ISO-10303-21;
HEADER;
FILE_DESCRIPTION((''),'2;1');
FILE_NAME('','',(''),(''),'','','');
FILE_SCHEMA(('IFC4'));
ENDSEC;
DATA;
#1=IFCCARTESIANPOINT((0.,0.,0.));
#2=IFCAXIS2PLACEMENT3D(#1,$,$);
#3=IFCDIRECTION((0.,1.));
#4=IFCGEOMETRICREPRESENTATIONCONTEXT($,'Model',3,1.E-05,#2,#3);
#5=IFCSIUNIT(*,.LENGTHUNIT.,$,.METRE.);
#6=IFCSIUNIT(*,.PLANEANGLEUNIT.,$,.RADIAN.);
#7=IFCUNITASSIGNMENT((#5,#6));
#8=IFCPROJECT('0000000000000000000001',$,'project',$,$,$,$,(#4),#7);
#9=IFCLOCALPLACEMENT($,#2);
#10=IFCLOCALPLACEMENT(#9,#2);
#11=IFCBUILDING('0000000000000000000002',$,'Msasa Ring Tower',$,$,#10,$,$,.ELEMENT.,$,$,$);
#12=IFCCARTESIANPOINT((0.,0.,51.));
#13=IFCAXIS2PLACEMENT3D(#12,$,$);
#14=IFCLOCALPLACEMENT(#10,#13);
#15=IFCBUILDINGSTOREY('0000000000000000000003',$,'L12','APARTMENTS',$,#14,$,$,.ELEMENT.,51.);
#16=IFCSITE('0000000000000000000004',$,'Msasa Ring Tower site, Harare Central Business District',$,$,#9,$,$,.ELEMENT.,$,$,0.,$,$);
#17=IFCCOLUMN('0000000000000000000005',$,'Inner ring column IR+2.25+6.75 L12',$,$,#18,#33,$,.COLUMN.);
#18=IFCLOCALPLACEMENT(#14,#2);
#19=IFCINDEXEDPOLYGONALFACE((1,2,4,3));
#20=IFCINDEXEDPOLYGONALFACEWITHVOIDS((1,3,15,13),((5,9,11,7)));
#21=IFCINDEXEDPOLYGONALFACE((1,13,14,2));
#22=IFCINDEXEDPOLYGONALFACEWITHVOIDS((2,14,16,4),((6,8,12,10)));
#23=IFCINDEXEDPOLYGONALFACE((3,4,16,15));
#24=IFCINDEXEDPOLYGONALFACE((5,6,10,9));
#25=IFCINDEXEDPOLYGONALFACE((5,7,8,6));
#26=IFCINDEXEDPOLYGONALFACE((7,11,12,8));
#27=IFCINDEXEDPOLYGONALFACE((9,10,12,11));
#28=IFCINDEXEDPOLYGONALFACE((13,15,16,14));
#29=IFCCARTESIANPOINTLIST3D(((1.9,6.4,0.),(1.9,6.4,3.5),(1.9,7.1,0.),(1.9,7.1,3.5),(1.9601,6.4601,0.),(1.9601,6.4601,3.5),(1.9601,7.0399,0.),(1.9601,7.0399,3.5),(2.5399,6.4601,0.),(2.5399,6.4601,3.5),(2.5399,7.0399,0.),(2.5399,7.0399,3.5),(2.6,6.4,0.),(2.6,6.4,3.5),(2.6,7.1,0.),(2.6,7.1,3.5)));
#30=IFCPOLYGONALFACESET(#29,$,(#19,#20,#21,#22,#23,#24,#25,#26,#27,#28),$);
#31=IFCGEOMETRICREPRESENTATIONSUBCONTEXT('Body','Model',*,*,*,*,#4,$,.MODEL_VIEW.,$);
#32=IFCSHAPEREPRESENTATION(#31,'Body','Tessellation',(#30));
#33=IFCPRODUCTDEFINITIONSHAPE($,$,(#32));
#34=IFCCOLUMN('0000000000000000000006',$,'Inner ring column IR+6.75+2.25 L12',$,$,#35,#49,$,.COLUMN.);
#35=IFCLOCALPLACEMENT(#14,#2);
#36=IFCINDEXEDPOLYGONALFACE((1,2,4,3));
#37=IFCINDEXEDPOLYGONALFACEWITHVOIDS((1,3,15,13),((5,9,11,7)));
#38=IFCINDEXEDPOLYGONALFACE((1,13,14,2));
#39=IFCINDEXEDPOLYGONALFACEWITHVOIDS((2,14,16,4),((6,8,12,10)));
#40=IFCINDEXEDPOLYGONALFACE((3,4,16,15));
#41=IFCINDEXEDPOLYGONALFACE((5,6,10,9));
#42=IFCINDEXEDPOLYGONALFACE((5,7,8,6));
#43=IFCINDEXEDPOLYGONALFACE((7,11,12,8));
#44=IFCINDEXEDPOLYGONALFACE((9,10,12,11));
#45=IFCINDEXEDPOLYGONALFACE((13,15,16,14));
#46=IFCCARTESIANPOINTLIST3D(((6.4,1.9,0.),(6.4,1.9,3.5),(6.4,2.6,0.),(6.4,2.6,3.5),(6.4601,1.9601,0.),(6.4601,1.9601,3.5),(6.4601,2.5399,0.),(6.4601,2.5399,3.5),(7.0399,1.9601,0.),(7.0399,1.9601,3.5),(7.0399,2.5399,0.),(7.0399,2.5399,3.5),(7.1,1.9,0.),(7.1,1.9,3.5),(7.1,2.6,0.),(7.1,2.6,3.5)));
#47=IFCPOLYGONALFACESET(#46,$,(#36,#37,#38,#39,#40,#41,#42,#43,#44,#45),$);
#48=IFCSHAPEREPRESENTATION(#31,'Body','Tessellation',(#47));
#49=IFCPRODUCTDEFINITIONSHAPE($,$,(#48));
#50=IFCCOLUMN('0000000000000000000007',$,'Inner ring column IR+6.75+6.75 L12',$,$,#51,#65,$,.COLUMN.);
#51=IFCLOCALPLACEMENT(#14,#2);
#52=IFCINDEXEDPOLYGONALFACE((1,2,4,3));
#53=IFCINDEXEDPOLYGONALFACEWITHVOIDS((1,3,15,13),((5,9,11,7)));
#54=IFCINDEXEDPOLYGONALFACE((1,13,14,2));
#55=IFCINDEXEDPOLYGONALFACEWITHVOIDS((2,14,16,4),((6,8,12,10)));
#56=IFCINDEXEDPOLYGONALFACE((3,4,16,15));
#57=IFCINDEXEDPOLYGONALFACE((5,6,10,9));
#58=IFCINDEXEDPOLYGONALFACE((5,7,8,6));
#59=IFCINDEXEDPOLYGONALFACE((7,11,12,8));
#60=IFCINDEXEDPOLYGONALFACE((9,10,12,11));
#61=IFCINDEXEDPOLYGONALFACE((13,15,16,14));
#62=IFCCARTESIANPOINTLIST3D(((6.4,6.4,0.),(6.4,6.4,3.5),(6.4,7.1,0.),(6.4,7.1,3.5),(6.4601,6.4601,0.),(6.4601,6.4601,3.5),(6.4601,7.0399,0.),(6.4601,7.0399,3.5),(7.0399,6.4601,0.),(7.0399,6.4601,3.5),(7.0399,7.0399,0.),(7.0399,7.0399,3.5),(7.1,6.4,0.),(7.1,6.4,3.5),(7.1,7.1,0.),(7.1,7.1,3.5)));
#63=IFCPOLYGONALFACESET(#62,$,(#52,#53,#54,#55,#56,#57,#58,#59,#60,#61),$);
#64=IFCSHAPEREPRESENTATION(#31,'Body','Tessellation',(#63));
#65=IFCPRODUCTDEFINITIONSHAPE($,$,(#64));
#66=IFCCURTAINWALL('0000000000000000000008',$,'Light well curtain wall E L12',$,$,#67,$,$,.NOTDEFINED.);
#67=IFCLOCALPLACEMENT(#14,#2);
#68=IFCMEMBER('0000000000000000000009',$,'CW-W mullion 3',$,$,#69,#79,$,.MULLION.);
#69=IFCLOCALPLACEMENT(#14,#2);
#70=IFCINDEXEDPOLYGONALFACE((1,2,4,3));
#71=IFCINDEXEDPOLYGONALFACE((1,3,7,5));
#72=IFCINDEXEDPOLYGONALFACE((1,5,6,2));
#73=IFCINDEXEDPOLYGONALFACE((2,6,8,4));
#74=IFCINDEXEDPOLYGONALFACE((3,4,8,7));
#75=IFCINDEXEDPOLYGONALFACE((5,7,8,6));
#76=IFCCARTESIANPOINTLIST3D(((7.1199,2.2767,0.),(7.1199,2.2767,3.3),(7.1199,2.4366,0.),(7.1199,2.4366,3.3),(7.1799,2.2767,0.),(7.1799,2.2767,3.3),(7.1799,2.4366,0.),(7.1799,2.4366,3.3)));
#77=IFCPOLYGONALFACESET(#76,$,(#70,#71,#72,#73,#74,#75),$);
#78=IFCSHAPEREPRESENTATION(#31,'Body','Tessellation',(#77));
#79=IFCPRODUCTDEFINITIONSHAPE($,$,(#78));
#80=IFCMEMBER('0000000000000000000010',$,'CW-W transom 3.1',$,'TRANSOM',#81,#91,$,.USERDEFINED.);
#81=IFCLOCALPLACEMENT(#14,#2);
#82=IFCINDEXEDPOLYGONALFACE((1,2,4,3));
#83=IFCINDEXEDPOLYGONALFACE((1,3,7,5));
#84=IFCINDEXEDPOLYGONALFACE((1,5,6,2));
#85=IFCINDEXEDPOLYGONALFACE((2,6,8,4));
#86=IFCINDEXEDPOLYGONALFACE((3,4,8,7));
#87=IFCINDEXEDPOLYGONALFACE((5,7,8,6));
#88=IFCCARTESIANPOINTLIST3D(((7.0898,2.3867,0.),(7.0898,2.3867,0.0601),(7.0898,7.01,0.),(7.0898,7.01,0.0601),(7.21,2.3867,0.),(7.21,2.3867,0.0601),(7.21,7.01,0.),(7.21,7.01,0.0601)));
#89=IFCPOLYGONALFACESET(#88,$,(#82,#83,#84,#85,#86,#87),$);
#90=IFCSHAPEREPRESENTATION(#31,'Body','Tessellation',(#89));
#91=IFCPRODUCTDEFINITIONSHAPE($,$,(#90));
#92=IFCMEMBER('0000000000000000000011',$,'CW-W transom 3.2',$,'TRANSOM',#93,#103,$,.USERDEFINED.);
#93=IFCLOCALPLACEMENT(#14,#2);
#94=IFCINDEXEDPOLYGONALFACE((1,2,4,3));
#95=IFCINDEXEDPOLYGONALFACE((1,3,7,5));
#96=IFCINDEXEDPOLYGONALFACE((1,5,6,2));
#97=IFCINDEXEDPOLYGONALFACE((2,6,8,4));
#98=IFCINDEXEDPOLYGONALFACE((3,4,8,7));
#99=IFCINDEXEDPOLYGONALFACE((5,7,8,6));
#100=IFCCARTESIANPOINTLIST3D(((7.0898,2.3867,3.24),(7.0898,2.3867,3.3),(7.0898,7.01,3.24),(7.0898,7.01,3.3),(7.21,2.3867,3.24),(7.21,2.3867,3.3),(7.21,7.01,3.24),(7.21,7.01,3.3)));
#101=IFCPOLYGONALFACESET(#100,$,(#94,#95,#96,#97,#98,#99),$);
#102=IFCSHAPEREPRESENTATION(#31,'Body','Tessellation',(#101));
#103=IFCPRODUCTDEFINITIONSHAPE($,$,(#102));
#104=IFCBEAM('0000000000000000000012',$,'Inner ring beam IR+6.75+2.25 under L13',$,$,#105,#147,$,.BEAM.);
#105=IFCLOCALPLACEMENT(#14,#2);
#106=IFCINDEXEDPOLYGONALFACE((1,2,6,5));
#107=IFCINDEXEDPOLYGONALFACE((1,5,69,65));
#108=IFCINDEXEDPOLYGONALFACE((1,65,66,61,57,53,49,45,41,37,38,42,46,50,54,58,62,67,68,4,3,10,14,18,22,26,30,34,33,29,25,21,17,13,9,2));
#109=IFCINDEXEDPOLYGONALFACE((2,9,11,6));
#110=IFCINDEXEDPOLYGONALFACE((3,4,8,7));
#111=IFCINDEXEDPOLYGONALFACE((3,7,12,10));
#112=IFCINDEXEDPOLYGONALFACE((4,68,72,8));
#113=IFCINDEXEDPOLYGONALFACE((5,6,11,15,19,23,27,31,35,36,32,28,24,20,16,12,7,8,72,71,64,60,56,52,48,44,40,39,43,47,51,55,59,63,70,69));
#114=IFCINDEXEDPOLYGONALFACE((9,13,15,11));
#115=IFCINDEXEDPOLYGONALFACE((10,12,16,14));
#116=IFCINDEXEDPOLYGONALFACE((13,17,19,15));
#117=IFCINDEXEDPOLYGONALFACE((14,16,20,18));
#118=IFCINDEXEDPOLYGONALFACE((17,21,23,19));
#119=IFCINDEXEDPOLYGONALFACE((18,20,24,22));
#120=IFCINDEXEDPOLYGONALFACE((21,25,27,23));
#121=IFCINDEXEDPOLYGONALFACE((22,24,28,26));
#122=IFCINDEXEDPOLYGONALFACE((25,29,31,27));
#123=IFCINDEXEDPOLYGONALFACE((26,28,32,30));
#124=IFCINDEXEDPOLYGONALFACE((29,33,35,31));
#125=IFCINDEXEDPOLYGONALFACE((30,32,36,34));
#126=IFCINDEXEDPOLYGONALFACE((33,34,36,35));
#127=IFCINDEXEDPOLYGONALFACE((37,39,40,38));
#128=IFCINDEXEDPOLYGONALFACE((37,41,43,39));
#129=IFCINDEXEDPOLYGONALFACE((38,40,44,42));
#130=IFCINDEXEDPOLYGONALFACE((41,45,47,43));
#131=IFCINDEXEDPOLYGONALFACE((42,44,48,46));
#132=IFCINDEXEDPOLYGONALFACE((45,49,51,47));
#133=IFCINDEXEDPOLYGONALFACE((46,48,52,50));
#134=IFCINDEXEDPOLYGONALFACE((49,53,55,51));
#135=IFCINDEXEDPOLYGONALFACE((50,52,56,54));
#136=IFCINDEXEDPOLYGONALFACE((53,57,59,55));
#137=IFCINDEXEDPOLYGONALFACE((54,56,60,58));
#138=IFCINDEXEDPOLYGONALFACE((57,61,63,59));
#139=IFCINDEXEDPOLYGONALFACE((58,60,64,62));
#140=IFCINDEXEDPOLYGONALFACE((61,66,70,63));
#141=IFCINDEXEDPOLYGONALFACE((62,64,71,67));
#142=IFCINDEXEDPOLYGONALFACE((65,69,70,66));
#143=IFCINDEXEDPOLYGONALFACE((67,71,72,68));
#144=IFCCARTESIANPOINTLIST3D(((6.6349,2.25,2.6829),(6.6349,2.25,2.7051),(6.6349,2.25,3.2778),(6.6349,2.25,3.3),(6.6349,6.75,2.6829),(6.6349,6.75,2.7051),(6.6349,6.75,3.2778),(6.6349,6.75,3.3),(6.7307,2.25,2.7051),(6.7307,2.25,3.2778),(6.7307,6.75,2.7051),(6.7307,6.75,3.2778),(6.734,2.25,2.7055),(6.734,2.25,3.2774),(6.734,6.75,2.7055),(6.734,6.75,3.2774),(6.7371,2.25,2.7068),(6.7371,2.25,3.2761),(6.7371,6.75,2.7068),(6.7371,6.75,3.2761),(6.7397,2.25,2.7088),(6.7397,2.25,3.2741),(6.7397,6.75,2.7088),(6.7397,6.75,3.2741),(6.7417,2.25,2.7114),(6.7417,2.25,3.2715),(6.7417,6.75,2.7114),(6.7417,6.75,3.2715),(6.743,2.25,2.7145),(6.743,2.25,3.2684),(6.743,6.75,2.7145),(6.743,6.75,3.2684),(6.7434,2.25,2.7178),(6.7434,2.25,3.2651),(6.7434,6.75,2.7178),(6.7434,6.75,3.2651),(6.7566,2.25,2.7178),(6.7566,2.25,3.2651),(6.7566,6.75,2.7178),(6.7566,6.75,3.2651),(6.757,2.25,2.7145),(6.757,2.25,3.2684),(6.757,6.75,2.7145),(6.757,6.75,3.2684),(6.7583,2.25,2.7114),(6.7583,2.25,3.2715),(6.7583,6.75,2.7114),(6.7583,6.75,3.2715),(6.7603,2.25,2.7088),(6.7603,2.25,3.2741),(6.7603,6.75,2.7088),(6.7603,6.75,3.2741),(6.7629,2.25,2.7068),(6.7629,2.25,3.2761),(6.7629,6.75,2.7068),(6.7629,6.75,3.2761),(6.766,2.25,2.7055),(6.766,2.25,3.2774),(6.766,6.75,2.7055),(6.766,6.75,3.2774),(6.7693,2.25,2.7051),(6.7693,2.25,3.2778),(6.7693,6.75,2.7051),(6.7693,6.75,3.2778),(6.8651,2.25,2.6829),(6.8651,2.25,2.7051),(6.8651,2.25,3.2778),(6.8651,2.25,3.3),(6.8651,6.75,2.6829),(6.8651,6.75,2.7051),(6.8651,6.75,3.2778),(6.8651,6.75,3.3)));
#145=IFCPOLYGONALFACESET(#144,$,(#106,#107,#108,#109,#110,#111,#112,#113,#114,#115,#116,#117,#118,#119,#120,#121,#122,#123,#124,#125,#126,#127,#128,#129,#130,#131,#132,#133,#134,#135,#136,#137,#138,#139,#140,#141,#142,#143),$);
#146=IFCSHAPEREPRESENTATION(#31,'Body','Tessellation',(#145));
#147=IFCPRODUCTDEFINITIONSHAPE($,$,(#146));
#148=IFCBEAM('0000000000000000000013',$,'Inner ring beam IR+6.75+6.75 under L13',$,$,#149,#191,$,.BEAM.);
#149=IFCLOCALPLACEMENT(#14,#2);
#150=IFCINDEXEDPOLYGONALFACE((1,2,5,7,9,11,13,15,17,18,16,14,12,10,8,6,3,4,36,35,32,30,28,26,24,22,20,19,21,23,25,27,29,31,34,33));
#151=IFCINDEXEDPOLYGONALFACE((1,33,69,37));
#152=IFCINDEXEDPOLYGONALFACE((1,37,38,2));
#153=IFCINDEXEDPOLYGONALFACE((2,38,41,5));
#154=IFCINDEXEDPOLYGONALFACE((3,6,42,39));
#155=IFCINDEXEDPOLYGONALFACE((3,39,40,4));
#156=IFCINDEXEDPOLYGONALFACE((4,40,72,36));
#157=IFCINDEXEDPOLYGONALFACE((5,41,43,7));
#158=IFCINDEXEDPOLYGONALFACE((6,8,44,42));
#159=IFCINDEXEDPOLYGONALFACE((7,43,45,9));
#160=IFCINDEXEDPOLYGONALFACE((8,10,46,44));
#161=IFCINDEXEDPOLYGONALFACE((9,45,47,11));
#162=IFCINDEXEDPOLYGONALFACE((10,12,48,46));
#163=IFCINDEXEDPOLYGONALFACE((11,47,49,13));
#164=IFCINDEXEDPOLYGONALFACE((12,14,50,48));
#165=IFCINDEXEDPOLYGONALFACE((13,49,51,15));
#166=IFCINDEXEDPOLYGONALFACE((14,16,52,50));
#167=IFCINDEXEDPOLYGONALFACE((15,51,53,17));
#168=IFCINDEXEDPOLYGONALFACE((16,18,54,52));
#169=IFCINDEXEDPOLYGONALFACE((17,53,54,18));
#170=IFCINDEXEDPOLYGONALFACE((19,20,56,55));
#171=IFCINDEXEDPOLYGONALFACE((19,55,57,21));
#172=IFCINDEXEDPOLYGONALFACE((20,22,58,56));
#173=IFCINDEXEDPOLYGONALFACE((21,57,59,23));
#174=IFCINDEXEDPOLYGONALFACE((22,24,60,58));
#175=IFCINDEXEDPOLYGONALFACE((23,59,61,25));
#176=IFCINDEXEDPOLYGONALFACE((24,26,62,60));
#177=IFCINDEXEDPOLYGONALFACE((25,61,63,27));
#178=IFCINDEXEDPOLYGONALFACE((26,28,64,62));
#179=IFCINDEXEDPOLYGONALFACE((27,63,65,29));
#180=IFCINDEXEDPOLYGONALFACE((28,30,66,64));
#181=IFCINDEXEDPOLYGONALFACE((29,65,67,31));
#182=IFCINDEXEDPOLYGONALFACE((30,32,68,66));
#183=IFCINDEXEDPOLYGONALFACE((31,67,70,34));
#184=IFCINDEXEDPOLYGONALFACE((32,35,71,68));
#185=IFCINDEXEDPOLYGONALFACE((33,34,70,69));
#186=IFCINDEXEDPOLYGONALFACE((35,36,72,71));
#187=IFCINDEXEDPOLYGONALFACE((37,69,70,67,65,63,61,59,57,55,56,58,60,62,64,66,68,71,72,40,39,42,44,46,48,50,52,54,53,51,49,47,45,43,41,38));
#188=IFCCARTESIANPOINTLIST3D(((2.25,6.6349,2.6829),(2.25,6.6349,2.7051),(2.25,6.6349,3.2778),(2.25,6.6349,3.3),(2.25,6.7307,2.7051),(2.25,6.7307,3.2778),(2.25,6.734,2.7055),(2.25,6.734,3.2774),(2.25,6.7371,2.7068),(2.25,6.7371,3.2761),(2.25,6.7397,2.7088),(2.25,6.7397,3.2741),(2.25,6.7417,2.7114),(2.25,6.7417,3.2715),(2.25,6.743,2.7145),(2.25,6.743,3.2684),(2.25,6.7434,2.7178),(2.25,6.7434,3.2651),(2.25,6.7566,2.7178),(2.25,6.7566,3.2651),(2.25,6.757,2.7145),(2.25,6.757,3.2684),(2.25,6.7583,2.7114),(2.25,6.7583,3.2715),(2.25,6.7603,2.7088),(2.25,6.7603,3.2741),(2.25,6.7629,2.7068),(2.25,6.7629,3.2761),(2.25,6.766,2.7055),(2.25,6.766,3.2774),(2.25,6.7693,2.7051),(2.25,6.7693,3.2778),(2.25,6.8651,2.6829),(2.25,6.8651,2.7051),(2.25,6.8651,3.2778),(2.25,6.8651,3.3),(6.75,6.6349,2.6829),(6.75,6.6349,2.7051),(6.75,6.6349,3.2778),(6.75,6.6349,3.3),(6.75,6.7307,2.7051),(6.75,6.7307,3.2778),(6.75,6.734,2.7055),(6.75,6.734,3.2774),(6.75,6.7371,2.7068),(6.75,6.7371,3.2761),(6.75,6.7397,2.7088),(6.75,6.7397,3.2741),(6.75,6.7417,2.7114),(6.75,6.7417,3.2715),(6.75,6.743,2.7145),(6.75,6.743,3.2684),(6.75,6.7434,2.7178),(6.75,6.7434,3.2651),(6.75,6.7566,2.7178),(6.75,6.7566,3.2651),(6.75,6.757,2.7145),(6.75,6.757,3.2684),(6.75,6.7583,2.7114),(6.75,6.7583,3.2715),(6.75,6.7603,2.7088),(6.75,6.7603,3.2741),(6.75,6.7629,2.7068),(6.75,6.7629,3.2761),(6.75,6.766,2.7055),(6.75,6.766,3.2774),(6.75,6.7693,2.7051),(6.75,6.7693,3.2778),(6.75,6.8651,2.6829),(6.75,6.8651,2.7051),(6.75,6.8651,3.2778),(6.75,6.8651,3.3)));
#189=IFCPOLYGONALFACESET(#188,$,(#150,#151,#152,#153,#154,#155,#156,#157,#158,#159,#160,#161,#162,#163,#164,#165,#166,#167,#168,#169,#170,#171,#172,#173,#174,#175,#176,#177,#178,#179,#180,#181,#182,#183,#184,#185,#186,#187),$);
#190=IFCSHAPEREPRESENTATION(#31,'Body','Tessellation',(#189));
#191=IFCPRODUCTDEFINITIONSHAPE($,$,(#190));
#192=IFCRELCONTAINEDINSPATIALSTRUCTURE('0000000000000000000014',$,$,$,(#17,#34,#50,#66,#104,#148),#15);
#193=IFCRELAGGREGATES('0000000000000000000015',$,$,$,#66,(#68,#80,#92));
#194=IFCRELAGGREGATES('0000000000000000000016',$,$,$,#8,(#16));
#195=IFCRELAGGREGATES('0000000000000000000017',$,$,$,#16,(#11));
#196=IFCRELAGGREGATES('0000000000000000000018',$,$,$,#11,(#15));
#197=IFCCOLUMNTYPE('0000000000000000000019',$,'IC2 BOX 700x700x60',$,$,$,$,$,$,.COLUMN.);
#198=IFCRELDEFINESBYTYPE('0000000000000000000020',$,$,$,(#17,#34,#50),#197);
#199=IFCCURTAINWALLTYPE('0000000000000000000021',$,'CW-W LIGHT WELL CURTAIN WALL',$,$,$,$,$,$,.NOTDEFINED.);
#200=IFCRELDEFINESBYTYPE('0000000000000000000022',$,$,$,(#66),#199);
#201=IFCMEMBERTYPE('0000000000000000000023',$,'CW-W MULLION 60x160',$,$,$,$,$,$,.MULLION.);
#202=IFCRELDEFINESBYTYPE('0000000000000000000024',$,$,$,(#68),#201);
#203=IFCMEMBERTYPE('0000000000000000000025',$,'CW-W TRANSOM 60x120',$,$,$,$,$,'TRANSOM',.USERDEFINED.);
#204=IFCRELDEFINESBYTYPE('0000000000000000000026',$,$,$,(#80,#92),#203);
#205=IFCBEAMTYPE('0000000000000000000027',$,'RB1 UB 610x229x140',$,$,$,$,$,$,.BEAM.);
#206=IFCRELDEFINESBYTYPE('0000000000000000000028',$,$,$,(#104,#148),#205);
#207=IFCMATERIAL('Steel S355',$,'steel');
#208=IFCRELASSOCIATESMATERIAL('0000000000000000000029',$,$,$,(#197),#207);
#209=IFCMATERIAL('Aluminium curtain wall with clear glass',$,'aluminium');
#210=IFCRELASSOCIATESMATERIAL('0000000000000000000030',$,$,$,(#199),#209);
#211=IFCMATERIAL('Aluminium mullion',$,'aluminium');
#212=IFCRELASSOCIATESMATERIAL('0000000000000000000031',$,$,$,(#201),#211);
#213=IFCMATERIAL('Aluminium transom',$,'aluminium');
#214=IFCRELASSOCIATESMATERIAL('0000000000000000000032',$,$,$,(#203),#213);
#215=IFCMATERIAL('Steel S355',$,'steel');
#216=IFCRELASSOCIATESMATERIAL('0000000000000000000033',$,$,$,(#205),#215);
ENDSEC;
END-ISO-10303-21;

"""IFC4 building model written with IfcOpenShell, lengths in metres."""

from ifc_helpers import new_model, si_unit, direction, frame, origin, origin_2d, place, context, subcontext, project, spatial, rectangle, hollow_rectangle, i_section, extrude, material, material_profile, profile_set, type_object, element, aggregate, save


model = new_model("IFC4")

# Units and contexts
model_context = context("Model", 3, precision=1e-05, world=origin(), true_north=direction((0.0, 1.0)))
body_context = subcontext(model_context, "Body", "Model", "MODEL_VIEW")
ifc_project = project(units=[si_unit("LENGTHUNIT", "METRE"), si_unit("PLANEANGLEUNIT", "RADIAN")], contexts=[model_context])

# Site, building, storey
site_placement = place(None, origin())
site = spatial("IfcSite", under=ifc_project, at=site_placement, Name="Msasa Ring Tower site, Harare Central Business District", CompositionType="ELEMENT", RefElevation=0.0)
building_placement = place(site_placement, origin())
building = spatial("IfcBuilding", under=site, at=building_placement, Name="Msasa Ring Tower", CompositionType="ELEMENT")
storey_placement = place(building_placement, frame((0.0, 0.0, 51.0)))
storey = spatial("IfcBuildingStorey", under=building, at=storey_placement, Name="L12", Description="APARTMENTS", CompositionType="ELEMENT", Elevation=51.0)

# Columns
ifc_material_1 = material(Name="Steel S355", Category="steel")
ifc_material_profile_1 = material_profile(ifc_material_1, hollow_rectangle(XDim=0.7, YDim=0.7, WallThickness=0.0601, at=origin_2d()), Name="BOX 700x700x60")
ifc_profile_set_1 = profile_set([ifc_material_profile_1], Name="Steel S355")
column_type = type_object("IfcColumnType", Name="IC2 BOX 700x700x60", PredefinedType="COLUMN", material=ifc_profile_set_1)
for number, where, z_axis, x_axis, name in (
    (1, (2.25, 6.75, 0.0), (0.0, 0.0, 1.0), (1.0, 0.0, 0.0), "Inner ring column IR+2.25+6.75 L12"),
    (2, (6.75, 2.25, 0.0), (0.0, 0.0, 1.0), (1.0, 0.0, 0.0), "Inner ring column IR+6.75+2.25 L12"),
    (3, (6.75, 6.75, 0.0), (0.0, 0.0, 1.0), (1.0, 0.0, 0.0), "Inner ring column IR+6.75+6.75 L12"),
):
    element("IfcColumn", number, at=place(storey_placement, frame(where, z_axis=z_axis, x_axis=x_axis)), inside=storey, type_object=column_type, Name=name, PredefinedType="COLUMN", context=body_context, shape_type="SweptSolid", body=[
        extrude(hollow_rectangle(XDim=0.7, YDim=0.7, WallThickness=0.0601, at=origin_2d()), origin(), (0.0, 0.0, 1.0), 3.5),
    ])

# Curtain wall, members
ifc_material_2 = material(Name="Aluminium curtain wall with clear glass", Category="aluminium")
curtain_wall_type = type_object("IfcCurtainWallType", Name="CW-W LIGHT WELL CURTAIN WALL", PredefinedType="NOTDEFINED", material=ifc_material_2)
curtain_wall_placement = place(storey_placement, origin())
curtain_wall = element("IfcCurtainWall", 4, at=curtain_wall_placement, inside=storey, type_object=curtain_wall_type, Name="Light well curtain wall E L12", PredefinedType="NOTDEFINED")
ifc_material_3 = material(Name="Aluminium mullion", Category="aluminium")
ifc_material_profile_2 = material_profile(ifc_material_3, rectangle(XDim=0.0601, YDim=0.1599, at=origin_2d()), Name="AL 60x160")
ifc_profile_set_2 = profile_set([ifc_material_profile_2], Name="Aluminium mullion")
member_type_1 = type_object("IfcMemberType", Name="CW-W MULLION 60x160", PredefinedType="MULLION", material=ifc_profile_set_2)
member_1_placement = place(storey_placement, frame((7.1499, 2.3567, 0.0), z_axis=(0.0, 0.0, 1.0), x_axis=(-1.0, 0.0, 0.0)))
member_1 = element("IfcMember", 5, at=member_1_placement, type_object=member_type_1, Name="CW-W mullion 3", PredefinedType="MULLION", context=body_context, shape_type="SweptSolid", body=[
    extrude(rectangle(XDim=0.0601, YDim=0.1599, at=origin_2d()), origin(), (0.0, 0.0, 1.0), 3.3),
])
ifc_material_4 = material(Name="Aluminium transom", Category="aluminium")
ifc_material_profile_3 = material_profile(ifc_material_4, rectangle(XDim=0.1201, YDim=0.0601, at=origin_2d()), Name="AL 60x120")
ifc_profile_set_3 = profile_set([ifc_material_profile_3], Name="Aluminium transom")
member_type_2 = type_object("IfcMemberType", Name="CW-W TRANSOM 60x120", ElementType="TRANSOM", PredefinedType="USERDEFINED", material=ifc_profile_set_3)
member_2_placement = place(storey_placement, frame((7.1499, 2.3867, 0.03), z_axis=(0.0, 1.0, 0.0), x_axis=(-1.0, 0.0, 0.0)))
member_2 = element("IfcMember", 6, at=member_2_placement, type_object=member_type_2, Name="CW-W transom 3.1", ObjectType="TRANSOM", PredefinedType="USERDEFINED", context=body_context, shape_type="SweptSolid", body=[
    extrude(rectangle(XDim=0.1201, YDim=0.0601, at=origin_2d()), origin(), (0.0, 0.0, 1.0), 4.6233),
])
member_3_placement = place(storey_placement, frame((7.1499, 2.3867, 3.27), z_axis=(0.0, 1.0, 0.0), x_axis=(-1.0, 0.0, 0.0)))
member_3 = element("IfcMember", 7, at=member_3_placement, type_object=member_type_2, Name="CW-W transom 3.2", ObjectType="TRANSOM", PredefinedType="USERDEFINED", context=body_context, shape_type="SweptSolid", body=[
    extrude(rectangle(XDim=0.1201, YDim=0.0601, at=origin_2d()), origin(), (0.0, 0.0, 1.0), 4.6233),
])

# Beams
ifc_material_5 = material(Name="Steel S355", Category="steel")
ifc_material_profile_4 = material_profile(ifc_material_5, i_section(OverallWidth=0.2302, OverallDepth=0.6172, WebThickness=0.0132, FlangeThickness=0.0222, FilletRadius=0.0127, at=origin_2d()), Name="UB 610x229x140")
ifc_profile_set_4 = profile_set([ifc_material_profile_4], Name="Steel S355")
beam_type = type_object("IfcBeamType", Name="RB1 UB 610x229x140", PredefinedType="BEAM", material=ifc_profile_set_4)
for number, where, z_axis, x_axis, name in (
    (8, (6.75, 2.25, 2.9915), (0.0, 1.0, 0.0), (-1.0, 0.0, 0.0), "Inner ring beam IR+6.75+2.25 under L13"),
    (9, (6.75, 6.75, 2.9915), (-1.0, 0.0, 0.0), (0.0, -1.0, 0.0), "Inner ring beam IR+6.75+6.75 under L13"),
):
    element("IfcBeam", number, at=place(storey_placement, frame(where, z_axis=z_axis, x_axis=x_axis)), inside=storey, type_object=beam_type, Name=name, PredefinedType="BEAM", context=body_context, shape_type="SweptSolid", body=[
        extrude(i_section(OverallWidth=0.2302, OverallDepth=0.6172, WebThickness=0.0132, FlangeThickness=0.0222, FilletRadius=0.0127, at=origin_2d()), origin(), (0.0, 0.0, 1.0), 4.5),
    ])

aggregate(curtain_wall, [member_1, member_2, member_3])

save(model, "model.ifc")
